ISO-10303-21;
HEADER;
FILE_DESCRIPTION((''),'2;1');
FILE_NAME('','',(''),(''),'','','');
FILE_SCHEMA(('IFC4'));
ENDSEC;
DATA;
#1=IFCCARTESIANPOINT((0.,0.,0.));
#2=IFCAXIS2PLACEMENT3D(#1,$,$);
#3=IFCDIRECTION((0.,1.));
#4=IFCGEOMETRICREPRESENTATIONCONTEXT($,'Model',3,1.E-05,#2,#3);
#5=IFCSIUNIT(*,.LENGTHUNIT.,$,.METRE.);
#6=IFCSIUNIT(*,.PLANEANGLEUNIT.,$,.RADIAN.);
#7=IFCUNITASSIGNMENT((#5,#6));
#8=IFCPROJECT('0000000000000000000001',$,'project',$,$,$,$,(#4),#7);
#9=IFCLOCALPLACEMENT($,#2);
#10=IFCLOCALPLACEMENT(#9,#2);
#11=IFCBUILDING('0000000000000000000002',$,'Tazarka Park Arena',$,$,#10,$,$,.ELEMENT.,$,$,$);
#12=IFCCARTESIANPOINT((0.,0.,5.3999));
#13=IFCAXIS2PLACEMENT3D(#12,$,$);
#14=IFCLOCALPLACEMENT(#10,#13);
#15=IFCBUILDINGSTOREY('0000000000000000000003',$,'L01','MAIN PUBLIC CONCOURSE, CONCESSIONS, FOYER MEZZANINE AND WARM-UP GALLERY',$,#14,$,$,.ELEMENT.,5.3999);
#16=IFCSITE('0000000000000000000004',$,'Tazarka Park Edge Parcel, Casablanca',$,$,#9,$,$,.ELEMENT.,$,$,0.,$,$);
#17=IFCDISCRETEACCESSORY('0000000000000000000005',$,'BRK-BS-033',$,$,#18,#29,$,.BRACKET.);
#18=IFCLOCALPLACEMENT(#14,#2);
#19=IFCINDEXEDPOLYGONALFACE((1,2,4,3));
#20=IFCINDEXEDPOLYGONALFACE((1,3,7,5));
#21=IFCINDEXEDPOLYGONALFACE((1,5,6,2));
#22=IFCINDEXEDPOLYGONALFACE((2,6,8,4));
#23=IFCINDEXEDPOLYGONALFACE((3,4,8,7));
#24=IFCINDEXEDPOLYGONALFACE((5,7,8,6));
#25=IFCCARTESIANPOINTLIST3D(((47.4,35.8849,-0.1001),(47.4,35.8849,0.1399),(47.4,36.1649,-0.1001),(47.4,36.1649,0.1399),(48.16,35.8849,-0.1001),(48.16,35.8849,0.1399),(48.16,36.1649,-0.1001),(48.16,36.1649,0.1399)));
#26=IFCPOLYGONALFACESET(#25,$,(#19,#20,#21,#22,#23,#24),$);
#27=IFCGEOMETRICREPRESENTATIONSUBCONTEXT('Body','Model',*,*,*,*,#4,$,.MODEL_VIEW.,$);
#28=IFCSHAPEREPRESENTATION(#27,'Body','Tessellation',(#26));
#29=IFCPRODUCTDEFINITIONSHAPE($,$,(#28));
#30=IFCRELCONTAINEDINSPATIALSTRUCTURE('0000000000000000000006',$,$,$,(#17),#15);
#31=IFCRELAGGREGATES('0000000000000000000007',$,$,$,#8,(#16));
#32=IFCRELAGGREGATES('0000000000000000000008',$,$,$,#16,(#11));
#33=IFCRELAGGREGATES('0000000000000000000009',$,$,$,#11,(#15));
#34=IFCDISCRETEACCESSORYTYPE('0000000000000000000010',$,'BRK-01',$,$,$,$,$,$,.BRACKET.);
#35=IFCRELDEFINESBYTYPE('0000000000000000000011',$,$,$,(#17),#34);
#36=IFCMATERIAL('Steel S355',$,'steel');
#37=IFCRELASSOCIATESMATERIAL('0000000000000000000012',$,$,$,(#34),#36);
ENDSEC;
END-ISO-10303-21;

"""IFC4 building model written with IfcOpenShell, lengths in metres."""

from ifc_helpers import new_model, si_unit, direction, frame, origin, origin_2d, place, context, subcontext, project, spatial, rectangle, extrude, material, type_object, element, save


model = new_model("IFC4")

# Units and contexts
model_context = context("Model", 3, precision=1e-05, world=origin(), true_north=direction((0.0, 1.0)))
body_context = subcontext(model_context, "Body", "Model", "MODEL_VIEW")
ifc_project = project(units=[si_unit("LENGTHUNIT", "METRE"), si_unit("PLANEANGLEUNIT", "RADIAN")], contexts=[model_context])

# Site, building, storey
site_placement = place(None, origin())
site = spatial("IfcSite", under=ifc_project, at=site_placement, Name="Tazarka Park Edge Parcel, Casablanca", CompositionType="ELEMENT", RefElevation=0.0)
building_placement = place(site_placement, origin())
building = spatial("IfcBuilding", under=site, at=building_placement, Name="Tazarka Park Arena", CompositionType="ELEMENT")
storey_placement = place(building_placement, frame((0.0, 0.0, 5.3999)))
storey = spatial("IfcBuildingStorey", under=building, at=storey_placement, Name="L01", Description="MAIN PUBLIC CONCOURSE, CONCESSIONS, FOYER MEZZANINE AND WARM-UP GALLERY", CompositionType="ELEMENT", Elevation=5.3999)

# Discrete accessory
ifc_material_1 = material(Name="Steel S355", Category="steel")
discrete_accessory_type = type_object("IfcDiscreteAccessoryType", Name="BRK-01", PredefinedType="BRACKET", material=ifc_material_1)
discrete_accessory_placement = place(storey_placement, frame((47.78, 36.0249, -0.1001), z_axis=(0.0, 0.0, 1.0), x_axis=(0.0, -1.0, 0.0)))
element("IfcDiscreteAccessory", 1, at=discrete_accessory_placement, inside=storey, type_object=discrete_accessory_type, Name="BRK-BS-033", PredefinedType="BRACKET", context=body_context, shape_type="SweptSolid", body=[
    extrude(rectangle(XDim=0.28, YDim=0.76, at=origin_2d()), origin(), (0.0, 0.0, 1.0), 0.24),
])

save(model, "model.ifc")
